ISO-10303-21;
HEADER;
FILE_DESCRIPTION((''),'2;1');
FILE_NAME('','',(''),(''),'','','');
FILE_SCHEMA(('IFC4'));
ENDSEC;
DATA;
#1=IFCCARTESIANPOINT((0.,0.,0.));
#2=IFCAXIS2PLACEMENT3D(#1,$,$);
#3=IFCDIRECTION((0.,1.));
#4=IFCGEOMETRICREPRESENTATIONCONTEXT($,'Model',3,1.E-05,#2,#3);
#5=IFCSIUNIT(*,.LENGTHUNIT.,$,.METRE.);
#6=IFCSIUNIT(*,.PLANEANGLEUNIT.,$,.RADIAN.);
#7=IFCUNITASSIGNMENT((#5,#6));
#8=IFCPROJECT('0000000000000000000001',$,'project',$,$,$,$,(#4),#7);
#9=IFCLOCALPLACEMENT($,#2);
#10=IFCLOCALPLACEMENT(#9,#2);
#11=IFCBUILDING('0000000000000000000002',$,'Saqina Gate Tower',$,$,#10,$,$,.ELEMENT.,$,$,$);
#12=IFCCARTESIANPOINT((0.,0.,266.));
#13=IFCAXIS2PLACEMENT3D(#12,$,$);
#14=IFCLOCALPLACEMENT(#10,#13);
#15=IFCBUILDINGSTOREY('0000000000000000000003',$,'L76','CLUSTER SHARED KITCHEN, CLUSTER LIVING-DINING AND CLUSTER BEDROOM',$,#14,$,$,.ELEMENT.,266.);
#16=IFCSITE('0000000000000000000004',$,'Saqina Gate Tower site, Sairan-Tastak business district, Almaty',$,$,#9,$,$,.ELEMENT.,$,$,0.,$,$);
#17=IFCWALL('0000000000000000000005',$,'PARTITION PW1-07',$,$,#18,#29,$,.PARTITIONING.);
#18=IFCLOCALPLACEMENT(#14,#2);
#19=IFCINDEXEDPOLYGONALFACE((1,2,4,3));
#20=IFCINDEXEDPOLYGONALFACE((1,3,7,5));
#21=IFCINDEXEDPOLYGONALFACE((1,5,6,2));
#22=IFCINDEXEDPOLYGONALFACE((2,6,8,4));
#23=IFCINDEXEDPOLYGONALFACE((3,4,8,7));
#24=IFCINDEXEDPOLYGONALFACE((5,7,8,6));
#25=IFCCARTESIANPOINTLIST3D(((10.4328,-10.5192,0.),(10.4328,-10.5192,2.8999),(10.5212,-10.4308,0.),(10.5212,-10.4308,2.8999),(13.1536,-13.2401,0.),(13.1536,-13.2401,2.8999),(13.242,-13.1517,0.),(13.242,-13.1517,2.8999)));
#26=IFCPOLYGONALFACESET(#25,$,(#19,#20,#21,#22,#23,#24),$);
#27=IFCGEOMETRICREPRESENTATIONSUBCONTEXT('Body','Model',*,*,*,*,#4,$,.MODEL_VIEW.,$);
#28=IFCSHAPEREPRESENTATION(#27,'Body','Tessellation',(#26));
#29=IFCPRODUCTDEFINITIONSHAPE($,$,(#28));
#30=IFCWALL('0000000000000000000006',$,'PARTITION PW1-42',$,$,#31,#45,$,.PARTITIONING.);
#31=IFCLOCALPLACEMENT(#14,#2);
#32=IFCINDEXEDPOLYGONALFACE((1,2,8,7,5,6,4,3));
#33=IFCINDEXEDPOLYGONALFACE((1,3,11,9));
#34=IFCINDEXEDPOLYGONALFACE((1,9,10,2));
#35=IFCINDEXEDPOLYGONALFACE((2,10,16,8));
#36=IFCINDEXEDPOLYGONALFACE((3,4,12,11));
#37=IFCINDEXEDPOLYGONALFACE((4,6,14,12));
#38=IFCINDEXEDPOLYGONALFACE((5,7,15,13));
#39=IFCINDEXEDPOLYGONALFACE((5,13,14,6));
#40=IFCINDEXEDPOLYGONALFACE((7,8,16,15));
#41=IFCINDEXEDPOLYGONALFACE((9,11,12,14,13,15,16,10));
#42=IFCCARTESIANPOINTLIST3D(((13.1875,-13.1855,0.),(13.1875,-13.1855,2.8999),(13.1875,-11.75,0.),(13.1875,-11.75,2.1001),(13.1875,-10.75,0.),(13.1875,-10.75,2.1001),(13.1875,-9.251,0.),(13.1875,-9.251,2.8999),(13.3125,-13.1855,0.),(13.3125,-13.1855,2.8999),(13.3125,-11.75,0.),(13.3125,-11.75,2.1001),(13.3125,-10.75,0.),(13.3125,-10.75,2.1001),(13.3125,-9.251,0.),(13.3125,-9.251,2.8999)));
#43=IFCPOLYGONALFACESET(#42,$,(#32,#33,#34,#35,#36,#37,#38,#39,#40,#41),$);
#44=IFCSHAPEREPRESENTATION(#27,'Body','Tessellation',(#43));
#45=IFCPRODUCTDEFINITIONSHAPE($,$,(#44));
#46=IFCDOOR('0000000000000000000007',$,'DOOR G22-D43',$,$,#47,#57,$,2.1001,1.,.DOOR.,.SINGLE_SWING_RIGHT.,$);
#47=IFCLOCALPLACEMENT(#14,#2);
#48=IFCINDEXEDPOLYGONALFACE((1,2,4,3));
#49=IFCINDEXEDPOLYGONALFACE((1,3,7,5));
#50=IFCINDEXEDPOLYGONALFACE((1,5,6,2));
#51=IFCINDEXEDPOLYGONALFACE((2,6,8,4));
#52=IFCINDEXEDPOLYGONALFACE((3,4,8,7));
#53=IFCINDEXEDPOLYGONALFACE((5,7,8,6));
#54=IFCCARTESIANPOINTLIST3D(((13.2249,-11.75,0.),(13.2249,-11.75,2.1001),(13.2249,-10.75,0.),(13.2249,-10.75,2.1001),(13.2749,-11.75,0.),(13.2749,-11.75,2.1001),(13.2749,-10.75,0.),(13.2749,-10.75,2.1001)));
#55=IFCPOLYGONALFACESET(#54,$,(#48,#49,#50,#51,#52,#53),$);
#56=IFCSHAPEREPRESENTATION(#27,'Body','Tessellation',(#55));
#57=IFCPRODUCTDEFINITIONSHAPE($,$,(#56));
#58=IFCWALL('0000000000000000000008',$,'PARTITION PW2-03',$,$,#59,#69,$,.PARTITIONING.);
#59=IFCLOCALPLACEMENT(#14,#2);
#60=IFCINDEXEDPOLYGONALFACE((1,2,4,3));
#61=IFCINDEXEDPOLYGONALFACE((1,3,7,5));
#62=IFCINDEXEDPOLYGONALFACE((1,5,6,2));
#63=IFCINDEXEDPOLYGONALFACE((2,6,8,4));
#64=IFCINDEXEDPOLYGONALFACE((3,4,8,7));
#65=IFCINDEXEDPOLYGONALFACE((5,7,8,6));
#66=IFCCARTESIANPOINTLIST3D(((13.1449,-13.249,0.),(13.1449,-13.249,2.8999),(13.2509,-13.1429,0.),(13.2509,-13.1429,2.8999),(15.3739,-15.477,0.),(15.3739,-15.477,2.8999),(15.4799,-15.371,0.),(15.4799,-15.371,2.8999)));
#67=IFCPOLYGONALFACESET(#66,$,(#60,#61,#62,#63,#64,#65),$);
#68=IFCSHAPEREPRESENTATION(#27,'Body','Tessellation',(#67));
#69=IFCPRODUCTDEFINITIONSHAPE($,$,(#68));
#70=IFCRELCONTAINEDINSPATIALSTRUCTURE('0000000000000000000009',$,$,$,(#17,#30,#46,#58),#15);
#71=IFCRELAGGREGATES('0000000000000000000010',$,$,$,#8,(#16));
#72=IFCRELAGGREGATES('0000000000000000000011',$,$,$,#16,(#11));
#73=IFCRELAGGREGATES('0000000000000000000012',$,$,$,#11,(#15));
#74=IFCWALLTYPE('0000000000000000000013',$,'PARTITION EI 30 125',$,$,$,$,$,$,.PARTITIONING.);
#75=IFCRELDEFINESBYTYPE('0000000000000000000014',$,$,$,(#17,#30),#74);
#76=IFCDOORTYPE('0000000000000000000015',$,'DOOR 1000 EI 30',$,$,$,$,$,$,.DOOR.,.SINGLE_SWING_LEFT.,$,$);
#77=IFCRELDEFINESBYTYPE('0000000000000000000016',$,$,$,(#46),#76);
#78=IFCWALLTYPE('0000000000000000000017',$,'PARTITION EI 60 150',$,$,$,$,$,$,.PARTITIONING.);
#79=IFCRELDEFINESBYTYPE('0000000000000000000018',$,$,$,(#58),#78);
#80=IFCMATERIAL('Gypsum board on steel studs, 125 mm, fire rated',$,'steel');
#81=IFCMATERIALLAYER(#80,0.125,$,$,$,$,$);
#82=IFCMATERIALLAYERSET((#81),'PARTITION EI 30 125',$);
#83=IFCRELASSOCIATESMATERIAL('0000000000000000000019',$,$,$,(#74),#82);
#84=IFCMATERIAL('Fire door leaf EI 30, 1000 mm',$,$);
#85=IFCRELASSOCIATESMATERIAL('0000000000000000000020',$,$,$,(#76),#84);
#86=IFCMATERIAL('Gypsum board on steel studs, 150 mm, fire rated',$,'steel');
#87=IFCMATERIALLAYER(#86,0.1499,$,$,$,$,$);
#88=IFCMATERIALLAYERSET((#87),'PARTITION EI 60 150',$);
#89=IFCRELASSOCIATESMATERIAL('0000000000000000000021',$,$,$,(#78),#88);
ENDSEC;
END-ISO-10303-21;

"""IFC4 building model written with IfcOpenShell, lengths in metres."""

from ifc_helpers import new_model, si_unit, direction, frame, frame_2d, origin, place, context, subcontext, project, spatial, rectangle, extrude, material, layer, layer_set, type_object, element, fill, save


model = new_model("IFC4")

# Units and contexts
model_context = context("Model", 3, precision=1e-05, world=origin(), true_north=direction((0.0, 1.0)))
body_context = subcontext(model_context, "Body", "Model", "MODEL_VIEW")
ifc_project = project(units=[si_unit("LENGTHUNIT", "METRE"), si_unit("PLANEANGLEUNIT", "RADIAN")], contexts=[model_context])

# Site, building, storey
site_placement = place(None, origin())
site = spatial("IfcSite", under=ifc_project, at=site_placement, Name="Saqina Gate Tower site, Sairan-Tastak business district, Almaty", CompositionType="ELEMENT", RefElevation=0.0)
building_placement = place(site_placement, origin())
building = spatial("IfcBuilding", under=site, at=building_placement, Name="Saqina Gate Tower", CompositionType="ELEMENT")
storey_placement = place(building_placement, frame((0.0, 0.0, 266.0)))
storey = spatial("IfcBuildingStorey", under=building, at=storey_placement, Name="L76", Description="CLUSTER SHARED KITCHEN, CLUSTER LIVING-DINING AND CLUSTER BEDROOM", CompositionType="ELEMENT", Elevation=266.0)

# Wall
ifc_material_1 = material(Name="Gypsum board on steel studs, 125 mm, fire rated", Category="steel")
ifc_layer_1 = layer(ifc_material_1, 0.125)
ifc_layer_set_1 = layer_set([ifc_layer_1], Name="PARTITION EI 30 125")
wall_type_1 = type_object("IfcWallType", Name="PARTITION EI 30 125", PredefinedType="PARTITIONING", material=ifc_layer_set_1)
wall_1_placement = place(storey_placement, frame((10.4771, -10.4751, 0.0), z_axis=(0.0, 0.0, 1.0), x_axis=(0.707107, -0.707107, 0.0)))
element("IfcWall", 1, at=wall_1_placement, inside=storey, type_object=wall_type_1, Name="PARTITION PW1-07", PredefinedType="PARTITIONING", context=body_context, shape_type="SweptSolid", body=[
    extrude(rectangle(XDim=3.8479, YDim=0.125, at=frame_2d((1.9238, 0.0))), origin(), (0.0, 0.0, 1.0), 2.8999),
])

# Wall, opening, door
wall_2_placement = place(storey_placement, frame((13.25, -13.1855, 0.0), z_axis=(0.0, 0.0, 1.0), x_axis=(0.0, 1.0, 0.0)))
wall_2 = element("IfcWall", 2, at=wall_2_placement, inside=storey, type_object=wall_type_1, Name="PARTITION PW1-42", PredefinedType="PARTITIONING", context=body_context, shape_type="SweptSolid", body=[
    extrude(rectangle(XDim=3.9346, YDim=0.125, at=frame_2d((1.9673, 0.0))), origin(), (0.0, 0.0, 1.0), 2.8999),
])
opening_1_placement = place(wall_2_placement, frame((1.4355, 0.0, 0.0)))
opening_1 = element("IfcOpeningElement", 3, at=opening_1_placement, cuts=wall_2, PredefinedType="OPENING", context=body_context, shape_type="SweptSolid", body=[
    extrude(rectangle(XDim=1.0, YDim=2.1001, at=frame_2d((0.5, 1.05))), frame((0.0, 0.0745, 0.0), z_axis=(0.0, -1.0, 0.0), x_axis=(1.0, 0.0, 0.0)), (0.0, 0.0, 1.0), 0.1489),
])
ifc_material_2 = material(Name="Fire door leaf EI 30, 1000 mm")
door_type_1 = type_object("IfcDoorType", Name="DOOR 1000 EI 30", OperationType="SINGLE_SWING_LEFT", PredefinedType="DOOR", material=ifc_material_2)
door_1_placement = place(opening_1_placement, frame((1.0, 0.0, 0.0), z_axis=(0.0, 0.0, 1.0), x_axis=(-1.0, 0.0, 0.0)))
door_1 = element("IfcDoor", 4, at=door_1_placement, inside=storey, type_object=door_type_1, Name="DOOR G22-D43", OperationType="SINGLE_SWING_RIGHT", OverallHeight=2.1001, OverallWidth=1.0, PredefinedType="DOOR", context=body_context, shape_type="SweptSolid", body=[
    extrude(rectangle(XDim=1.0, YDim=2.1001, at=frame_2d((0.5, 1.05))), frame((0.0, 0.0249, 0.0), z_axis=(0.0, -1.0, 0.0), x_axis=(1.0, 0.0, 0.0)), (0.0, 0.0, 1.0), 0.05),
])
fill(opening_1, door_1)

# Wall
ifc_material_3 = material(Name="Gypsum board on steel studs, 150 mm, fire rated", Category="steel")
ifc_layer_2 = layer(ifc_material_3, 0.1499)
ifc_layer_set_2 = layer_set([ifc_layer_2], Name="PARTITION EI 60 150")
wall_type_2 = type_object("IfcWallType", Name="PARTITION EI 60 150", PredefinedType="PARTITIONING", material=ifc_layer_set_2)
wall_3_placement = place(storey_placement, frame((13.198, -13.196, 0.0), z_axis=(0.0, 0.0, 1.0), x_axis=(0.707262, -0.706952, 0.0)))
element("IfcWall", 5, at=wall_3_placement, inside=storey, type_object=wall_type_2, Name="PARTITION PW2-03", PredefinedType="PARTITIONING", context=body_context, shape_type="SweptSolid", body=[
    extrude(rectangle(XDim=3.1516, YDim=0.1499, at=frame_2d((1.5757, 0.0))), origin(), (0.0, 0.0, 1.0), 2.8999),
])

save(model, "model.ifc")
